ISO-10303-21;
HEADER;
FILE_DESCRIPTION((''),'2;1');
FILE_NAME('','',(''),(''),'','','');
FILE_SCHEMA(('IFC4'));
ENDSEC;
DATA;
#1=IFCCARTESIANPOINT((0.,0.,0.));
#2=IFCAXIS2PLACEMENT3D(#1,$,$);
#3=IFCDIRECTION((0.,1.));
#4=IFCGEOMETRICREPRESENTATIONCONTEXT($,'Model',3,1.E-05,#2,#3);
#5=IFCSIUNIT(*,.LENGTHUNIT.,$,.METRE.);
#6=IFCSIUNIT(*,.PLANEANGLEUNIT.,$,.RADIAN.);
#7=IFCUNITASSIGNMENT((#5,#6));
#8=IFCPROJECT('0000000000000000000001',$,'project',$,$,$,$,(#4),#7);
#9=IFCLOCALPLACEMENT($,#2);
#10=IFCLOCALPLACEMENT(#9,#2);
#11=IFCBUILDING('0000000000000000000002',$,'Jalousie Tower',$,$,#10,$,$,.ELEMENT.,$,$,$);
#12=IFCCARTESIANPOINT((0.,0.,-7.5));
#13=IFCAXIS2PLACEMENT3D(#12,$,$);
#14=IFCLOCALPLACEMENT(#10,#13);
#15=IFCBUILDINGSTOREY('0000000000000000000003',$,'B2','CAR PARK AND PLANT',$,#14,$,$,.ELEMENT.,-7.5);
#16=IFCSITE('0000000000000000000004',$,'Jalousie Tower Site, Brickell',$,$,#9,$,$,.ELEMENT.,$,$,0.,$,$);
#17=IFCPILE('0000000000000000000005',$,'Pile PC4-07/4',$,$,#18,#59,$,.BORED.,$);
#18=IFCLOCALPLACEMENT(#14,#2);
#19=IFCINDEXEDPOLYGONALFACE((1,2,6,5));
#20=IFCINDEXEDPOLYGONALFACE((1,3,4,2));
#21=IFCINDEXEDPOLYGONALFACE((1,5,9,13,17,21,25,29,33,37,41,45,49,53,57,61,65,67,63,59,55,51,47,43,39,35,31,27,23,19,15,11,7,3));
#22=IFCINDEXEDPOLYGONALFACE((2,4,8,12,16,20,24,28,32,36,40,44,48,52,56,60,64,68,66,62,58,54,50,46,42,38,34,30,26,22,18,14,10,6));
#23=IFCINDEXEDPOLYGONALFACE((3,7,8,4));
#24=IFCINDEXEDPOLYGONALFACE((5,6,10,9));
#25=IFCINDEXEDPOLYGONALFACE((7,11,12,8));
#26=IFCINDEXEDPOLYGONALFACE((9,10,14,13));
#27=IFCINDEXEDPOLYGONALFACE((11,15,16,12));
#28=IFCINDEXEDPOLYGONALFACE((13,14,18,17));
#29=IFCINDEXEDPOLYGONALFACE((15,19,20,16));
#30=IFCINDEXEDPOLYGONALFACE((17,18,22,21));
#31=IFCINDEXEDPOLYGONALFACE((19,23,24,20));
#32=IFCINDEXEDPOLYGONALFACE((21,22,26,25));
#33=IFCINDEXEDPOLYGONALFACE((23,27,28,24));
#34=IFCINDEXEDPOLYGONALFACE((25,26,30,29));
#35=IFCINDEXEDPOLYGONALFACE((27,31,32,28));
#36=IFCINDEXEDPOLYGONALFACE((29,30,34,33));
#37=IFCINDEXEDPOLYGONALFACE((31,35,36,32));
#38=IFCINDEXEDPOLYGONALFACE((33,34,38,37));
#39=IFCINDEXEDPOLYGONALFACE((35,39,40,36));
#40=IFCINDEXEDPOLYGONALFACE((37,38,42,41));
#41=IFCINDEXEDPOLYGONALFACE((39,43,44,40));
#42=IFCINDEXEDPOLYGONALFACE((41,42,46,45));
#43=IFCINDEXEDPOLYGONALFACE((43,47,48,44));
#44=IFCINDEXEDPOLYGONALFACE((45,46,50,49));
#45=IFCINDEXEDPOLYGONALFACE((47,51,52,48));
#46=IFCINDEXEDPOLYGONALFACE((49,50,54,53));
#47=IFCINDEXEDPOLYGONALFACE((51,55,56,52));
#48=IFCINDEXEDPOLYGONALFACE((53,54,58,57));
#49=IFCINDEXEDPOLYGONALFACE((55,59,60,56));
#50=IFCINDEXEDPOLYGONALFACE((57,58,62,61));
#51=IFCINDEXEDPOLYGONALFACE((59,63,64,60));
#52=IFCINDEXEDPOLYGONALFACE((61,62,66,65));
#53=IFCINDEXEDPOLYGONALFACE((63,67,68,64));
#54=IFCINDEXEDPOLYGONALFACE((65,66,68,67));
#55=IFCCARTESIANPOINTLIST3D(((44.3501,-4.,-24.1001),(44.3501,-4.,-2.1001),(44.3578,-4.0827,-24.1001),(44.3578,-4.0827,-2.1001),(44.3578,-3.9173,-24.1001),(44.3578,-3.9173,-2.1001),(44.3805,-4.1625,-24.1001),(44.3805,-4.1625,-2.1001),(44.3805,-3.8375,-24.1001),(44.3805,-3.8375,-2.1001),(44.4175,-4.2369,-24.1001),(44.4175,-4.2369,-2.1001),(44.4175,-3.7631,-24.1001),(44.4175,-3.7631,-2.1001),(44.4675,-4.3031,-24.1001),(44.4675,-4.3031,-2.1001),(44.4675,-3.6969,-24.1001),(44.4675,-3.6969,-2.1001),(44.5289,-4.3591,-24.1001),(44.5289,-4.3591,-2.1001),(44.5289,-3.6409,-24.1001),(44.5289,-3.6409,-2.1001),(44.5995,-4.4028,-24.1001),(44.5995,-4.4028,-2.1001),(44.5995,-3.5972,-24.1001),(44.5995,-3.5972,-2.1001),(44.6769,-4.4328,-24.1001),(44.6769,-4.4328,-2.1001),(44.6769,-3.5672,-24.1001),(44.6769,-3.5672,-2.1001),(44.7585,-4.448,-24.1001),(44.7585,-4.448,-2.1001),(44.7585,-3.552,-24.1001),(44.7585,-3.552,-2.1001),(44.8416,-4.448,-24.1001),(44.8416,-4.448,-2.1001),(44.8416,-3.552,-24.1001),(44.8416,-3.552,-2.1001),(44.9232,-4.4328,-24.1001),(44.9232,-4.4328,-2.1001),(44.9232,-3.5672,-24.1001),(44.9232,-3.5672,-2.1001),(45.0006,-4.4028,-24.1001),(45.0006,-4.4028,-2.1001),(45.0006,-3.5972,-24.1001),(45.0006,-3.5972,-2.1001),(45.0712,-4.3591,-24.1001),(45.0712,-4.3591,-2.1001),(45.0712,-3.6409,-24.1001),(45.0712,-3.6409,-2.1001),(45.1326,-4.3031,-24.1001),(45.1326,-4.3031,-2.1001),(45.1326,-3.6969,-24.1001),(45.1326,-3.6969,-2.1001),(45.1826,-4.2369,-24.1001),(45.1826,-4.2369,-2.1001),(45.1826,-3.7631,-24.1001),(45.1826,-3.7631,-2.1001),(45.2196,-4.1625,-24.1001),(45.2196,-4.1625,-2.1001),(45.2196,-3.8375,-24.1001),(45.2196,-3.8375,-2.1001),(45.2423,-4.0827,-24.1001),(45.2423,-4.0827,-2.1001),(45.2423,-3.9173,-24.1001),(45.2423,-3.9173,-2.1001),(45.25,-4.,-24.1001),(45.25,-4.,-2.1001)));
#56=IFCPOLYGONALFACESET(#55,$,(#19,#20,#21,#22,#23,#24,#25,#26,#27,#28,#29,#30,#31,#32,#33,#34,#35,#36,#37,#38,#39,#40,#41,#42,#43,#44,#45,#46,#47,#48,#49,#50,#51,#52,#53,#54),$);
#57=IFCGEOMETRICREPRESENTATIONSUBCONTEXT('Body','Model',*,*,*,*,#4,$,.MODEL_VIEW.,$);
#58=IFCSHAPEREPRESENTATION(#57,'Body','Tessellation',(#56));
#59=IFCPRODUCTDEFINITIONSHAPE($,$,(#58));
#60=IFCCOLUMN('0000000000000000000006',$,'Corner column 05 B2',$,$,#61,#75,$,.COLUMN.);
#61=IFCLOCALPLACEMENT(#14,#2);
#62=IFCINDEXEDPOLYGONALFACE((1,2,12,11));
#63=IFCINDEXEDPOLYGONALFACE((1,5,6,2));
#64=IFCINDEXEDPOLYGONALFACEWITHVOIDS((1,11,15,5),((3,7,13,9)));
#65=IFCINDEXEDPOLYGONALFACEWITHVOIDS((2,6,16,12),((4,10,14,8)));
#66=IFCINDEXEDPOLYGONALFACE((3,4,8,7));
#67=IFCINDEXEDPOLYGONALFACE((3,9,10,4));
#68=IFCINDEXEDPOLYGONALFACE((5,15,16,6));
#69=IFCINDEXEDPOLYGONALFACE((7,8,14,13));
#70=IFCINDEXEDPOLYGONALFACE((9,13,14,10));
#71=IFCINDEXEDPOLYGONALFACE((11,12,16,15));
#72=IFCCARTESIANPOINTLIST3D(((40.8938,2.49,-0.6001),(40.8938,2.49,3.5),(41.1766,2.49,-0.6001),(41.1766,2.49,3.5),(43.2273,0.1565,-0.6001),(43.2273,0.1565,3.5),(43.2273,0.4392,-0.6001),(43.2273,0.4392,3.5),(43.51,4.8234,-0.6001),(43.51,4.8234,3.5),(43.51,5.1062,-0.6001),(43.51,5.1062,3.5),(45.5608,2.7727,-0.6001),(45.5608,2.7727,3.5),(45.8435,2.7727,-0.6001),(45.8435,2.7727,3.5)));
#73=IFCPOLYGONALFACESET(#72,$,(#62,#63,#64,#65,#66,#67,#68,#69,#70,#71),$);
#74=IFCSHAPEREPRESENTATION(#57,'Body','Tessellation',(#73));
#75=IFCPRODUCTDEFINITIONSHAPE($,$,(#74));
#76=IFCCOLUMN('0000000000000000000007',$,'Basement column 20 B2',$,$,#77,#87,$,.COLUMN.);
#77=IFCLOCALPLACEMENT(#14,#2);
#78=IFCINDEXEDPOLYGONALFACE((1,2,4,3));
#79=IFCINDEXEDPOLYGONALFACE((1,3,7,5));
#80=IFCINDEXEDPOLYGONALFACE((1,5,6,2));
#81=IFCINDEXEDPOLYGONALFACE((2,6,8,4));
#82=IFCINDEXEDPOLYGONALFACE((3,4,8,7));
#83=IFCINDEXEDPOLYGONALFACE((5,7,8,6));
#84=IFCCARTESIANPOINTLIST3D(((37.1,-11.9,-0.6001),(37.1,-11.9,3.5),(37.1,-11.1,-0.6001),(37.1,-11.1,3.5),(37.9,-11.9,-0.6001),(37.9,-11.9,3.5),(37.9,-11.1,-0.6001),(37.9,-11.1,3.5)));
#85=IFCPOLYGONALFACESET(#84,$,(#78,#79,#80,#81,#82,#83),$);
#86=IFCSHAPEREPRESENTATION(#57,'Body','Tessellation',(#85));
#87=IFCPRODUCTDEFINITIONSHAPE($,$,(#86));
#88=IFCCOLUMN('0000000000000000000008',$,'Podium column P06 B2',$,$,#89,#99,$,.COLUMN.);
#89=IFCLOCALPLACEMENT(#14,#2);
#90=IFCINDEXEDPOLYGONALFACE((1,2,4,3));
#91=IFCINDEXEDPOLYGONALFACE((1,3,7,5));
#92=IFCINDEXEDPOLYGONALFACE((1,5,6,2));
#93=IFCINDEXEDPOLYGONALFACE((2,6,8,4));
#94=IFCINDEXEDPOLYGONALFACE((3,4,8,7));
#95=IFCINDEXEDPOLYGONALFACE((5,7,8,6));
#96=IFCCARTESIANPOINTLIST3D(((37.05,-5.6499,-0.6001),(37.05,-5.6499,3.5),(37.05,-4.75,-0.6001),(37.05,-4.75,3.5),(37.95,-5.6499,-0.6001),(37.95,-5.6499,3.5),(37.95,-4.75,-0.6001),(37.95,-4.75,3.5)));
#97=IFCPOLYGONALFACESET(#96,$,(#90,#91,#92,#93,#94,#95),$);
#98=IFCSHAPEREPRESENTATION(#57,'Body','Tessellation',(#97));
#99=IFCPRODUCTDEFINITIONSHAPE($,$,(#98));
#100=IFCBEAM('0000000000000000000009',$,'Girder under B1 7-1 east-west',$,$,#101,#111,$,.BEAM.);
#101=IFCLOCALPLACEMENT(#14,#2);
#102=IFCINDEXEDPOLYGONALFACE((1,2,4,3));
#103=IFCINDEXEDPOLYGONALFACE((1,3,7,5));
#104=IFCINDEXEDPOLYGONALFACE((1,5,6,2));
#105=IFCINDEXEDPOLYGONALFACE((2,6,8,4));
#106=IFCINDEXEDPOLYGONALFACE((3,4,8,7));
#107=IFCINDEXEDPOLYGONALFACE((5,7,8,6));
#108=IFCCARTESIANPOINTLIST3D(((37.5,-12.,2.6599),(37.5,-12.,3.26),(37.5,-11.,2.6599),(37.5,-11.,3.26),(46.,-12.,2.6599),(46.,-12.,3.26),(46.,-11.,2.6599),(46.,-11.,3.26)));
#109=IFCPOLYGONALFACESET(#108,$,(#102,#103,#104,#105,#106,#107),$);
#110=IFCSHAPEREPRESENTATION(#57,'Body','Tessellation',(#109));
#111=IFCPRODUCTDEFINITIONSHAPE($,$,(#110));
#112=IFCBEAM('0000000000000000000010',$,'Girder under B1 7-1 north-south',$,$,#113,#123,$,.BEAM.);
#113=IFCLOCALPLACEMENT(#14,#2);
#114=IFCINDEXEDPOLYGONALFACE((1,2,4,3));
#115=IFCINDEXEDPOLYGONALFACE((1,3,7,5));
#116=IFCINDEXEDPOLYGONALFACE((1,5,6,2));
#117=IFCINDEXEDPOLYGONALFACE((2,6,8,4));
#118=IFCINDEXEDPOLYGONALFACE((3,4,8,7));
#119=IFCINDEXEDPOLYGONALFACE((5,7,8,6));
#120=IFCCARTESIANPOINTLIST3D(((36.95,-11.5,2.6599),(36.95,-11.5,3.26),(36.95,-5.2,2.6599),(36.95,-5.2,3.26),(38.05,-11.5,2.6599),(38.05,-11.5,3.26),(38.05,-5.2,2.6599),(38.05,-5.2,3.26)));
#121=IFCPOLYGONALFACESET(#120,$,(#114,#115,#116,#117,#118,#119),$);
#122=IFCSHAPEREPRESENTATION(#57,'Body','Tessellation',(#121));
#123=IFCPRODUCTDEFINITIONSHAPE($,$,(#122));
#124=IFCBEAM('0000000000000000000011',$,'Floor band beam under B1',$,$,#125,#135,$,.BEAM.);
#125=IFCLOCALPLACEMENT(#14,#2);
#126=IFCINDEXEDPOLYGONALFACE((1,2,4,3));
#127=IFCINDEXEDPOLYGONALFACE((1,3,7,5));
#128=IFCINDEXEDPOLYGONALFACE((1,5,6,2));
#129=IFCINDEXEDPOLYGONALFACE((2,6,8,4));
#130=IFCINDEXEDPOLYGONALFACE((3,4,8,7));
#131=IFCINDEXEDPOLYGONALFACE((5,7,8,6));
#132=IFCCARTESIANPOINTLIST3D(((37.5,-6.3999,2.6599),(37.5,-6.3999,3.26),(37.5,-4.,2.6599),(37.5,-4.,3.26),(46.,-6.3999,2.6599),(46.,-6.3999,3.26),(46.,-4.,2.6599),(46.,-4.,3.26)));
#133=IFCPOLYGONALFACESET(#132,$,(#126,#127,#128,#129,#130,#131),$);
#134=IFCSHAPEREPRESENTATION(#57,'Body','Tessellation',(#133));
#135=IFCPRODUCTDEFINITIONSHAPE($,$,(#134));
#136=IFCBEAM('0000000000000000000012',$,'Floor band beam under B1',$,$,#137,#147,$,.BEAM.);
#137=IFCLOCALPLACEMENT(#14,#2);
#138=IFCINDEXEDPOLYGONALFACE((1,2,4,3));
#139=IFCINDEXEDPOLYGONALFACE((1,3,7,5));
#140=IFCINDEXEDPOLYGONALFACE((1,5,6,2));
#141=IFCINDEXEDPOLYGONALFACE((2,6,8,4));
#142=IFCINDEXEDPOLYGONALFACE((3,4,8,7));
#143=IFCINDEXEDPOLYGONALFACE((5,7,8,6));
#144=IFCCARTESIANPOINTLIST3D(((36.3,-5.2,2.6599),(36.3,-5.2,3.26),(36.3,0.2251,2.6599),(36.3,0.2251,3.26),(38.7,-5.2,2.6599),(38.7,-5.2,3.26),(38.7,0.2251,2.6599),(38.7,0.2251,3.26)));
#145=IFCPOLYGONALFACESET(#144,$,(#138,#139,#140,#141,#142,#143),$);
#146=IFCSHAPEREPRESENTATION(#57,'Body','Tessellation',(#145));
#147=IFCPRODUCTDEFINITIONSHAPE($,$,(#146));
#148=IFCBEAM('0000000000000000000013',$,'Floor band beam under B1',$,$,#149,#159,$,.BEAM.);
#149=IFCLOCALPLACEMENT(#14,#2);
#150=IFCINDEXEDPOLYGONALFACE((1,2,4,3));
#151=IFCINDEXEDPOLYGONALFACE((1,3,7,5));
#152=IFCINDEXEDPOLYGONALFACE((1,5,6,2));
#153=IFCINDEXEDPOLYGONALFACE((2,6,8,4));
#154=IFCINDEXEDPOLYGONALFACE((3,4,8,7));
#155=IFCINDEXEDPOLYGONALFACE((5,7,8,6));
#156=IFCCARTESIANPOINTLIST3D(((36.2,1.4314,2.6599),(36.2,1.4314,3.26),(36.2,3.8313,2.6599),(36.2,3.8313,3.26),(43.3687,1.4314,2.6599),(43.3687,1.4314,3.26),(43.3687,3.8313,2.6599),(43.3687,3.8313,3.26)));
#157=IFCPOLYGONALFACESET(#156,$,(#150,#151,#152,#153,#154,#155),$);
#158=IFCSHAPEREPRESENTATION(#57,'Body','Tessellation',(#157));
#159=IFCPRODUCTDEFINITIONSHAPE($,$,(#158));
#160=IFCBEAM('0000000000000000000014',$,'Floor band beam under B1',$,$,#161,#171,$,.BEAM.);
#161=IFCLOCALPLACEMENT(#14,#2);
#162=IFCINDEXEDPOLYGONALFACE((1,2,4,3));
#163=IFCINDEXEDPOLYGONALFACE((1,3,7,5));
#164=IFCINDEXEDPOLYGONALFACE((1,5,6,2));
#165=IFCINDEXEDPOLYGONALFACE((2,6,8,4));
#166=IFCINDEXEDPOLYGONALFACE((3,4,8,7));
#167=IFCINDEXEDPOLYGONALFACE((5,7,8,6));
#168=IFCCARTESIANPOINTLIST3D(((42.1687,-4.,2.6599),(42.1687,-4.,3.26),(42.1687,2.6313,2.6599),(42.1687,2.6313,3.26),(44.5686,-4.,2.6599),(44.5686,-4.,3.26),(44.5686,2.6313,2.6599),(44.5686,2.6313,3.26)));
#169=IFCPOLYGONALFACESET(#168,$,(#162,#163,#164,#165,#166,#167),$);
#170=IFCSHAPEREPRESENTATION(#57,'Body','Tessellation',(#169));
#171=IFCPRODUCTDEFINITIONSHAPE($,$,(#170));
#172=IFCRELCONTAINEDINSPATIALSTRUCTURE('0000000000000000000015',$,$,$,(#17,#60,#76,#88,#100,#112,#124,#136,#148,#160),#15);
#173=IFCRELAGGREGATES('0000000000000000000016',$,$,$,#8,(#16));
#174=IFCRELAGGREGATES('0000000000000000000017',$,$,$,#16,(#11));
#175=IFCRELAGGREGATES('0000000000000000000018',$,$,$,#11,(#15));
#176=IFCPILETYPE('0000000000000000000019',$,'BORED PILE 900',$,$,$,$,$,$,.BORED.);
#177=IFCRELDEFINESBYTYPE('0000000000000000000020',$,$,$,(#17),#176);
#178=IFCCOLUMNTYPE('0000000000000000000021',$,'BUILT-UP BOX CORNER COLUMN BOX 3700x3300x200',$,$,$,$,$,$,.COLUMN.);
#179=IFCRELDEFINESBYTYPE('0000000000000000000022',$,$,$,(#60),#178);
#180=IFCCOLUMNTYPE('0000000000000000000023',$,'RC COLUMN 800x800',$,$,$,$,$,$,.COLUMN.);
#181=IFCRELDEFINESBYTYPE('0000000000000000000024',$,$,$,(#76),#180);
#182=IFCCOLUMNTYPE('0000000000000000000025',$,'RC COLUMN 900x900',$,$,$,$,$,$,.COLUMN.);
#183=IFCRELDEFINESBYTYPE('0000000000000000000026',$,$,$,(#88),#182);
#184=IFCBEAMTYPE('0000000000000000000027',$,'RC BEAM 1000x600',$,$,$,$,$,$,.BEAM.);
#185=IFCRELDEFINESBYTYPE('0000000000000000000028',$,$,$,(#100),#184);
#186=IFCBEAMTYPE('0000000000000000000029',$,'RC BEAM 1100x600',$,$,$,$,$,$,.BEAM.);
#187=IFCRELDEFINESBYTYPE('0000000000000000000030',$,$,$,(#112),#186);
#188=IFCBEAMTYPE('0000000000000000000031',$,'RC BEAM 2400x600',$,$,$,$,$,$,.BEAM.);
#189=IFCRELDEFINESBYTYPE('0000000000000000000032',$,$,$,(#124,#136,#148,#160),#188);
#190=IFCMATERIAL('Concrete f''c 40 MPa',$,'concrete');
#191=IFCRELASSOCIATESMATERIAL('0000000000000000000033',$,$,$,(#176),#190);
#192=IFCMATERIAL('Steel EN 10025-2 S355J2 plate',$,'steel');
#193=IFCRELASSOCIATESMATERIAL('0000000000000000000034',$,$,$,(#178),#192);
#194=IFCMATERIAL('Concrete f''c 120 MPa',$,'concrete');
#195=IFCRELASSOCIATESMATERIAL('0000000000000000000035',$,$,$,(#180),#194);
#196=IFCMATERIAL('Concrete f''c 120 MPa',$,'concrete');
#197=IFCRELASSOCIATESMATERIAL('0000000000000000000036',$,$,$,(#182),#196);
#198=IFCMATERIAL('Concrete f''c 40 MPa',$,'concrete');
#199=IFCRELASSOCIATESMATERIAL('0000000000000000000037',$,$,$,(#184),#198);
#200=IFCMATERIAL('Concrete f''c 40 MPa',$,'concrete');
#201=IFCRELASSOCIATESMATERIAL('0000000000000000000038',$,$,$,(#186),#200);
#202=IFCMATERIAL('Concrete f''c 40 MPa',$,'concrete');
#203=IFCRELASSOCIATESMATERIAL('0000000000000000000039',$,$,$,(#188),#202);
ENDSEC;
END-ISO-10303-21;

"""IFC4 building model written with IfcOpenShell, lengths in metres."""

from ifc_helpers import new_model, si_unit, direction, frame, origin, origin_2d, place, context, subcontext, project, spatial, rectangle, hollow_rectangle, circle, extrude, material, material_profile, profile_set, type_object, element, save


model = new_model("IFC4")

# Units and contexts
model_context = context("Model", 3, precision=1e-05, world=origin(), true_north=direction((0.0, 1.0)))
body_context = subcontext(model_context, "Body", "Model", "MODEL_VIEW")
ifc_project = project(units=[si_unit("LENGTHUNIT", "METRE"), si_unit("PLANEANGLEUNIT", "RADIAN")], contexts=[model_context])

# Site, building, storey
site_placement = place(None, origin())
site = spatial("IfcSite", under=ifc_project, at=site_placement, Name="Jalousie Tower Site, Brickell", CompositionType="ELEMENT", RefElevation=0.0)
building_placement = place(site_placement, origin())
building = spatial("IfcBuilding", under=site, at=building_placement, Name="Jalousie Tower", CompositionType="ELEMENT")
storey_placement = place(building_placement, frame((0.0, 0.0, -7.5)))
storey = spatial("IfcBuildingStorey", under=building, at=storey_placement, Name="B2", Description="CAR PARK AND PLANT", CompositionType="ELEMENT", Elevation=-7.5)

# Pile
ifc_material_1 = material(Name="Concrete f'c 40 MPa", Category="concrete")
ifc_material_profile_1 = material_profile(ifc_material_1, circle(Radius=0.45, at=origin_2d()), Name="BORED PILE D900")
ifc_profile_set_1 = profile_set([ifc_material_profile_1], Name="Concrete f'c 40 MPa")
pile_type_1 = type_object("IfcPileType", Name="BORED PILE 900", PredefinedType="BORED", material=ifc_profile_set_1)
for number, where, z_axis, x_axis, name in (
    (1, (44.8, -4.0, -2.1001), (0.0, 0.0, -1.0), (1.0, 0.0, 0.0), "Pile PC4-07/4"),
):
    element("IfcPile", number, at=place(storey_placement, frame(where, z_axis=z_axis, x_axis=x_axis)), inside=storey, type_object=pile_type_1, Name=name, PredefinedType="BORED", context=body_context, shape_type="SweptSolid", body=[
        extrude(circle(Radius=0.45, at=origin_2d()), origin(), (0.0, 0.0, 1.0), 22.0),
    ])

# Columns
ifc_material_2 = material(Name="Steel EN 10025-2 S355J2 plate", Category="steel")
ifc_material_profile_2 = material_profile(ifc_material_2, hollow_rectangle(XDim=3.3, YDim=3.7, WallThickness=0.2, at=origin_2d()), Name="BOX 3700x3300x200")
ifc_profile_set_2 = profile_set([ifc_material_profile_2], Name="Steel EN 10025-2 S355J2 plate")
column_type_1 = type_object("IfcColumnType", Name="BUILT-UP BOX CORNER COLUMN BOX 3700x3300x200", PredefinedType="COLUMN", material=ifc_profile_set_2)
column_1_placement = place(storey_placement, frame((43.3687, 2.6313, -0.6001), z_axis=(0.0, 0.0, 1.0), x_axis=(-0.707107, 0.707107, 0.0)))
element("IfcColumn", 2, at=column_1_placement, inside=storey, type_object=column_type_1, Name="Corner column 05 B2", PredefinedType="COLUMN", context=body_context, shape_type="SweptSolid", body=[
    extrude(hollow_rectangle(XDim=3.3, YDim=3.7, WallThickness=0.2, at=origin_2d()), origin(), (0.0, 0.0, 1.0), 4.1001),
])
ifc_material_3 = material(Name="Concrete f'c 120 MPa", Category="concrete")
ifc_material_profile_3 = material_profile(ifc_material_3, rectangle(XDim=0.8, YDim=0.8, at=origin_2d()), Name="RC 800x800")
ifc_profile_set_3 = profile_set([ifc_material_profile_3], Name="Concrete f'c 120 MPa")
column_type_2 = type_object("IfcColumnType", Name="RC COLUMN 800x800", PredefinedType="COLUMN", material=ifc_profile_set_3)
column_2_placement = place(storey_placement, frame((37.5, -11.5, -0.6001), z_axis=(0.0, 0.0, 1.0), x_axis=(1.0, 0.0, 0.0)))
element("IfcColumn", 3, at=column_2_placement, inside=storey, type_object=column_type_2, Name="Basement column 20 B2", PredefinedType="COLUMN", context=body_context, shape_type="SweptSolid", body=[
    extrude(rectangle(XDim=0.8, YDim=0.8, at=origin_2d()), origin(), (0.0, 0.0, 1.0), 4.1001),
])
ifc_material_4 = material(Name="Concrete f'c 120 MPa", Category="concrete")
ifc_material_profile_4 = material_profile(ifc_material_4, rectangle(XDim=0.8999, YDim=0.8999, at=origin_2d()), Name="RC 900x900")
ifc_profile_set_4 = profile_set([ifc_material_profile_4], Name="Concrete f'c 120 MPa")
column_type_3 = type_object("IfcColumnType", Name="RC COLUMN 900x900", PredefinedType="COLUMN", material=ifc_profile_set_4)
column_3_placement = place(storey_placement, frame((37.5, -5.2, -0.6001), z_axis=(0.0, 0.0, 1.0), x_axis=(1.0, 0.0, 0.0)))
element("IfcColumn", 4, at=column_3_placement, inside=storey, type_object=column_type_3, Name="Podium column P06 B2", PredefinedType="COLUMN", context=body_context, shape_type="SweptSolid", body=[
    extrude(rectangle(XDim=0.8999, YDim=0.8999, at=origin_2d()), origin(), (0.0, 0.0, 1.0), 4.1001),
])

# Beams
ifc_material_5 = material(Name="Concrete f'c 40 MPa", Category="concrete")
ifc_material_profile_5 = material_profile(ifc_material_5, rectangle(XDim=1.0, YDim=0.6001, at=origin_2d()), Name="RC 1000x600")
ifc_profile_set_5 = profile_set([ifc_material_profile_5], Name="Concrete f'c 40 MPa")
beam_type_1 = type_object("IfcBeamType", Name="RC BEAM 1000x600", PredefinedType="BEAM", material=ifc_profile_set_5)
beam_1_placement = place(storey_placement, frame((37.5, -11.5, 2.96), z_axis=(1.0, 0.0, 0.0), x_axis=(0.0, 1.0, 0.0)))
element("IfcBeam", 5, at=beam_1_placement, inside=storey, type_object=beam_type_1, Name="Girder under B1 7-1 east-west", PredefinedType="BEAM", context=body_context, shape_type="SweptSolid", body=[
    extrude(rectangle(XDim=1.0, YDim=0.6001, at=origin_2d()), origin(), (0.0, 0.0, 1.0), 8.5),
])
ifc_material_6 = material(Name="Concrete f'c 40 MPa", Category="concrete")
ifc_material_profile_6 = material_profile(ifc_material_6, rectangle(XDim=1.1001, YDim=0.6001, at=origin_2d()), Name="RC 1100x600")
ifc_profile_set_6 = profile_set([ifc_material_profile_6], Name="Concrete f'c 40 MPa")
beam_type_2 = type_object("IfcBeamType", Name="RC BEAM 1100x600", PredefinedType="BEAM", material=ifc_profile_set_6)
beam_2_placement = place(storey_placement, frame((37.5, -11.5, 2.96), z_axis=(0.0, 1.0, 0.0), x_axis=(-1.0, 0.0, 0.0)))
element("IfcBeam", 6, at=beam_2_placement, inside=storey, type_object=beam_type_2, Name="Girder under B1 7-1 north-south", PredefinedType="BEAM", context=body_context, shape_type="SweptSolid", body=[
    extrude(rectangle(XDim=1.1001, YDim=0.6001, at=origin_2d()), origin(), (0.0, 0.0, 1.0), 6.3),
])
ifc_material_7 = material(Name="Concrete f'c 40 MPa", Category="concrete")
ifc_material_profile_7 = material_profile(ifc_material_7, rectangle(XDim=2.3999, YDim=0.6001, at=origin_2d()), Name="RC 2400x600")
ifc_profile_set_7 = profile_set([ifc_material_profile_7], Name="Concrete f'c 40 MPa")
beam_type_3 = type_object("IfcBeamType", Name="RC BEAM 2400x600", PredefinedType="BEAM", material=ifc_profile_set_7)
beam_3_placement = place(storey_placement, frame((37.5, -5.2, 2.96), z_axis=(1.0, 0.0, 0.0), x_axis=(0.0, 1.0, 0.0)))
element("IfcBeam", 7, at=beam_3_placement, inside=storey, type_object=beam_type_3, Name="Floor band beam under B1", PredefinedType="BEAM", context=body_context, shape_type="SweptSolid", body=[
    extrude(rectangle(XDim=2.3999, YDim=0.6001, at=origin_2d()), origin(), (0.0, 0.0, 1.0), 8.5),
])
beam_4_placement = place(storey_placement, frame((37.5, -5.2, 2.96), z_axis=(0.0, 1.0, 0.0), x_axis=(-1.0, 0.0, 0.0)))
element("IfcBeam", 8, at=beam_4_placement, inside=storey, type_object=beam_type_3, Name="Floor band beam under B1", PredefinedType="BEAM", context=body_context, shape_type="SweptSolid", body=[
    extrude(rectangle(XDim=2.3999, YDim=0.6001, at=origin_2d()), origin(), (0.0, 0.0, 1.0), 5.425),
])
beam_5_placement = place(storey_placement, frame((43.3687, 2.6313, 2.96), z_axis=(-1.0, 0.0, 0.0), x_axis=(0.0, -1.0, 0.0)))
element("IfcBeam", 9, at=beam_5_placement, inside=storey, type_object=beam_type_3, Name="Floor band beam under B1", PredefinedType="BEAM", context=body_context, shape_type="SweptSolid", body=[
    extrude(rectangle(XDim=2.3999, YDim=0.6001, at=origin_2d()), origin(), (0.0, 0.0, 1.0), 7.1687),
])
beam_6_placement = place(storey_placement, frame((43.3687, 2.6313, 2.96), z_axis=(0.0, -1.0, 0.0), x_axis=(1.0, 0.0, 0.0)))
element("IfcBeam", 10, at=beam_6_placement, inside=storey, type_object=beam_type_3, Name="Floor band beam under B1", PredefinedType="BEAM", context=body_context, shape_type="SweptSolid", body=[
    extrude(rectangle(XDim=2.3999, YDim=0.6001, at=origin_2d()), origin(), (0.0, 0.0, 1.0), 6.6313),
])

save(model, "model.ifc")
